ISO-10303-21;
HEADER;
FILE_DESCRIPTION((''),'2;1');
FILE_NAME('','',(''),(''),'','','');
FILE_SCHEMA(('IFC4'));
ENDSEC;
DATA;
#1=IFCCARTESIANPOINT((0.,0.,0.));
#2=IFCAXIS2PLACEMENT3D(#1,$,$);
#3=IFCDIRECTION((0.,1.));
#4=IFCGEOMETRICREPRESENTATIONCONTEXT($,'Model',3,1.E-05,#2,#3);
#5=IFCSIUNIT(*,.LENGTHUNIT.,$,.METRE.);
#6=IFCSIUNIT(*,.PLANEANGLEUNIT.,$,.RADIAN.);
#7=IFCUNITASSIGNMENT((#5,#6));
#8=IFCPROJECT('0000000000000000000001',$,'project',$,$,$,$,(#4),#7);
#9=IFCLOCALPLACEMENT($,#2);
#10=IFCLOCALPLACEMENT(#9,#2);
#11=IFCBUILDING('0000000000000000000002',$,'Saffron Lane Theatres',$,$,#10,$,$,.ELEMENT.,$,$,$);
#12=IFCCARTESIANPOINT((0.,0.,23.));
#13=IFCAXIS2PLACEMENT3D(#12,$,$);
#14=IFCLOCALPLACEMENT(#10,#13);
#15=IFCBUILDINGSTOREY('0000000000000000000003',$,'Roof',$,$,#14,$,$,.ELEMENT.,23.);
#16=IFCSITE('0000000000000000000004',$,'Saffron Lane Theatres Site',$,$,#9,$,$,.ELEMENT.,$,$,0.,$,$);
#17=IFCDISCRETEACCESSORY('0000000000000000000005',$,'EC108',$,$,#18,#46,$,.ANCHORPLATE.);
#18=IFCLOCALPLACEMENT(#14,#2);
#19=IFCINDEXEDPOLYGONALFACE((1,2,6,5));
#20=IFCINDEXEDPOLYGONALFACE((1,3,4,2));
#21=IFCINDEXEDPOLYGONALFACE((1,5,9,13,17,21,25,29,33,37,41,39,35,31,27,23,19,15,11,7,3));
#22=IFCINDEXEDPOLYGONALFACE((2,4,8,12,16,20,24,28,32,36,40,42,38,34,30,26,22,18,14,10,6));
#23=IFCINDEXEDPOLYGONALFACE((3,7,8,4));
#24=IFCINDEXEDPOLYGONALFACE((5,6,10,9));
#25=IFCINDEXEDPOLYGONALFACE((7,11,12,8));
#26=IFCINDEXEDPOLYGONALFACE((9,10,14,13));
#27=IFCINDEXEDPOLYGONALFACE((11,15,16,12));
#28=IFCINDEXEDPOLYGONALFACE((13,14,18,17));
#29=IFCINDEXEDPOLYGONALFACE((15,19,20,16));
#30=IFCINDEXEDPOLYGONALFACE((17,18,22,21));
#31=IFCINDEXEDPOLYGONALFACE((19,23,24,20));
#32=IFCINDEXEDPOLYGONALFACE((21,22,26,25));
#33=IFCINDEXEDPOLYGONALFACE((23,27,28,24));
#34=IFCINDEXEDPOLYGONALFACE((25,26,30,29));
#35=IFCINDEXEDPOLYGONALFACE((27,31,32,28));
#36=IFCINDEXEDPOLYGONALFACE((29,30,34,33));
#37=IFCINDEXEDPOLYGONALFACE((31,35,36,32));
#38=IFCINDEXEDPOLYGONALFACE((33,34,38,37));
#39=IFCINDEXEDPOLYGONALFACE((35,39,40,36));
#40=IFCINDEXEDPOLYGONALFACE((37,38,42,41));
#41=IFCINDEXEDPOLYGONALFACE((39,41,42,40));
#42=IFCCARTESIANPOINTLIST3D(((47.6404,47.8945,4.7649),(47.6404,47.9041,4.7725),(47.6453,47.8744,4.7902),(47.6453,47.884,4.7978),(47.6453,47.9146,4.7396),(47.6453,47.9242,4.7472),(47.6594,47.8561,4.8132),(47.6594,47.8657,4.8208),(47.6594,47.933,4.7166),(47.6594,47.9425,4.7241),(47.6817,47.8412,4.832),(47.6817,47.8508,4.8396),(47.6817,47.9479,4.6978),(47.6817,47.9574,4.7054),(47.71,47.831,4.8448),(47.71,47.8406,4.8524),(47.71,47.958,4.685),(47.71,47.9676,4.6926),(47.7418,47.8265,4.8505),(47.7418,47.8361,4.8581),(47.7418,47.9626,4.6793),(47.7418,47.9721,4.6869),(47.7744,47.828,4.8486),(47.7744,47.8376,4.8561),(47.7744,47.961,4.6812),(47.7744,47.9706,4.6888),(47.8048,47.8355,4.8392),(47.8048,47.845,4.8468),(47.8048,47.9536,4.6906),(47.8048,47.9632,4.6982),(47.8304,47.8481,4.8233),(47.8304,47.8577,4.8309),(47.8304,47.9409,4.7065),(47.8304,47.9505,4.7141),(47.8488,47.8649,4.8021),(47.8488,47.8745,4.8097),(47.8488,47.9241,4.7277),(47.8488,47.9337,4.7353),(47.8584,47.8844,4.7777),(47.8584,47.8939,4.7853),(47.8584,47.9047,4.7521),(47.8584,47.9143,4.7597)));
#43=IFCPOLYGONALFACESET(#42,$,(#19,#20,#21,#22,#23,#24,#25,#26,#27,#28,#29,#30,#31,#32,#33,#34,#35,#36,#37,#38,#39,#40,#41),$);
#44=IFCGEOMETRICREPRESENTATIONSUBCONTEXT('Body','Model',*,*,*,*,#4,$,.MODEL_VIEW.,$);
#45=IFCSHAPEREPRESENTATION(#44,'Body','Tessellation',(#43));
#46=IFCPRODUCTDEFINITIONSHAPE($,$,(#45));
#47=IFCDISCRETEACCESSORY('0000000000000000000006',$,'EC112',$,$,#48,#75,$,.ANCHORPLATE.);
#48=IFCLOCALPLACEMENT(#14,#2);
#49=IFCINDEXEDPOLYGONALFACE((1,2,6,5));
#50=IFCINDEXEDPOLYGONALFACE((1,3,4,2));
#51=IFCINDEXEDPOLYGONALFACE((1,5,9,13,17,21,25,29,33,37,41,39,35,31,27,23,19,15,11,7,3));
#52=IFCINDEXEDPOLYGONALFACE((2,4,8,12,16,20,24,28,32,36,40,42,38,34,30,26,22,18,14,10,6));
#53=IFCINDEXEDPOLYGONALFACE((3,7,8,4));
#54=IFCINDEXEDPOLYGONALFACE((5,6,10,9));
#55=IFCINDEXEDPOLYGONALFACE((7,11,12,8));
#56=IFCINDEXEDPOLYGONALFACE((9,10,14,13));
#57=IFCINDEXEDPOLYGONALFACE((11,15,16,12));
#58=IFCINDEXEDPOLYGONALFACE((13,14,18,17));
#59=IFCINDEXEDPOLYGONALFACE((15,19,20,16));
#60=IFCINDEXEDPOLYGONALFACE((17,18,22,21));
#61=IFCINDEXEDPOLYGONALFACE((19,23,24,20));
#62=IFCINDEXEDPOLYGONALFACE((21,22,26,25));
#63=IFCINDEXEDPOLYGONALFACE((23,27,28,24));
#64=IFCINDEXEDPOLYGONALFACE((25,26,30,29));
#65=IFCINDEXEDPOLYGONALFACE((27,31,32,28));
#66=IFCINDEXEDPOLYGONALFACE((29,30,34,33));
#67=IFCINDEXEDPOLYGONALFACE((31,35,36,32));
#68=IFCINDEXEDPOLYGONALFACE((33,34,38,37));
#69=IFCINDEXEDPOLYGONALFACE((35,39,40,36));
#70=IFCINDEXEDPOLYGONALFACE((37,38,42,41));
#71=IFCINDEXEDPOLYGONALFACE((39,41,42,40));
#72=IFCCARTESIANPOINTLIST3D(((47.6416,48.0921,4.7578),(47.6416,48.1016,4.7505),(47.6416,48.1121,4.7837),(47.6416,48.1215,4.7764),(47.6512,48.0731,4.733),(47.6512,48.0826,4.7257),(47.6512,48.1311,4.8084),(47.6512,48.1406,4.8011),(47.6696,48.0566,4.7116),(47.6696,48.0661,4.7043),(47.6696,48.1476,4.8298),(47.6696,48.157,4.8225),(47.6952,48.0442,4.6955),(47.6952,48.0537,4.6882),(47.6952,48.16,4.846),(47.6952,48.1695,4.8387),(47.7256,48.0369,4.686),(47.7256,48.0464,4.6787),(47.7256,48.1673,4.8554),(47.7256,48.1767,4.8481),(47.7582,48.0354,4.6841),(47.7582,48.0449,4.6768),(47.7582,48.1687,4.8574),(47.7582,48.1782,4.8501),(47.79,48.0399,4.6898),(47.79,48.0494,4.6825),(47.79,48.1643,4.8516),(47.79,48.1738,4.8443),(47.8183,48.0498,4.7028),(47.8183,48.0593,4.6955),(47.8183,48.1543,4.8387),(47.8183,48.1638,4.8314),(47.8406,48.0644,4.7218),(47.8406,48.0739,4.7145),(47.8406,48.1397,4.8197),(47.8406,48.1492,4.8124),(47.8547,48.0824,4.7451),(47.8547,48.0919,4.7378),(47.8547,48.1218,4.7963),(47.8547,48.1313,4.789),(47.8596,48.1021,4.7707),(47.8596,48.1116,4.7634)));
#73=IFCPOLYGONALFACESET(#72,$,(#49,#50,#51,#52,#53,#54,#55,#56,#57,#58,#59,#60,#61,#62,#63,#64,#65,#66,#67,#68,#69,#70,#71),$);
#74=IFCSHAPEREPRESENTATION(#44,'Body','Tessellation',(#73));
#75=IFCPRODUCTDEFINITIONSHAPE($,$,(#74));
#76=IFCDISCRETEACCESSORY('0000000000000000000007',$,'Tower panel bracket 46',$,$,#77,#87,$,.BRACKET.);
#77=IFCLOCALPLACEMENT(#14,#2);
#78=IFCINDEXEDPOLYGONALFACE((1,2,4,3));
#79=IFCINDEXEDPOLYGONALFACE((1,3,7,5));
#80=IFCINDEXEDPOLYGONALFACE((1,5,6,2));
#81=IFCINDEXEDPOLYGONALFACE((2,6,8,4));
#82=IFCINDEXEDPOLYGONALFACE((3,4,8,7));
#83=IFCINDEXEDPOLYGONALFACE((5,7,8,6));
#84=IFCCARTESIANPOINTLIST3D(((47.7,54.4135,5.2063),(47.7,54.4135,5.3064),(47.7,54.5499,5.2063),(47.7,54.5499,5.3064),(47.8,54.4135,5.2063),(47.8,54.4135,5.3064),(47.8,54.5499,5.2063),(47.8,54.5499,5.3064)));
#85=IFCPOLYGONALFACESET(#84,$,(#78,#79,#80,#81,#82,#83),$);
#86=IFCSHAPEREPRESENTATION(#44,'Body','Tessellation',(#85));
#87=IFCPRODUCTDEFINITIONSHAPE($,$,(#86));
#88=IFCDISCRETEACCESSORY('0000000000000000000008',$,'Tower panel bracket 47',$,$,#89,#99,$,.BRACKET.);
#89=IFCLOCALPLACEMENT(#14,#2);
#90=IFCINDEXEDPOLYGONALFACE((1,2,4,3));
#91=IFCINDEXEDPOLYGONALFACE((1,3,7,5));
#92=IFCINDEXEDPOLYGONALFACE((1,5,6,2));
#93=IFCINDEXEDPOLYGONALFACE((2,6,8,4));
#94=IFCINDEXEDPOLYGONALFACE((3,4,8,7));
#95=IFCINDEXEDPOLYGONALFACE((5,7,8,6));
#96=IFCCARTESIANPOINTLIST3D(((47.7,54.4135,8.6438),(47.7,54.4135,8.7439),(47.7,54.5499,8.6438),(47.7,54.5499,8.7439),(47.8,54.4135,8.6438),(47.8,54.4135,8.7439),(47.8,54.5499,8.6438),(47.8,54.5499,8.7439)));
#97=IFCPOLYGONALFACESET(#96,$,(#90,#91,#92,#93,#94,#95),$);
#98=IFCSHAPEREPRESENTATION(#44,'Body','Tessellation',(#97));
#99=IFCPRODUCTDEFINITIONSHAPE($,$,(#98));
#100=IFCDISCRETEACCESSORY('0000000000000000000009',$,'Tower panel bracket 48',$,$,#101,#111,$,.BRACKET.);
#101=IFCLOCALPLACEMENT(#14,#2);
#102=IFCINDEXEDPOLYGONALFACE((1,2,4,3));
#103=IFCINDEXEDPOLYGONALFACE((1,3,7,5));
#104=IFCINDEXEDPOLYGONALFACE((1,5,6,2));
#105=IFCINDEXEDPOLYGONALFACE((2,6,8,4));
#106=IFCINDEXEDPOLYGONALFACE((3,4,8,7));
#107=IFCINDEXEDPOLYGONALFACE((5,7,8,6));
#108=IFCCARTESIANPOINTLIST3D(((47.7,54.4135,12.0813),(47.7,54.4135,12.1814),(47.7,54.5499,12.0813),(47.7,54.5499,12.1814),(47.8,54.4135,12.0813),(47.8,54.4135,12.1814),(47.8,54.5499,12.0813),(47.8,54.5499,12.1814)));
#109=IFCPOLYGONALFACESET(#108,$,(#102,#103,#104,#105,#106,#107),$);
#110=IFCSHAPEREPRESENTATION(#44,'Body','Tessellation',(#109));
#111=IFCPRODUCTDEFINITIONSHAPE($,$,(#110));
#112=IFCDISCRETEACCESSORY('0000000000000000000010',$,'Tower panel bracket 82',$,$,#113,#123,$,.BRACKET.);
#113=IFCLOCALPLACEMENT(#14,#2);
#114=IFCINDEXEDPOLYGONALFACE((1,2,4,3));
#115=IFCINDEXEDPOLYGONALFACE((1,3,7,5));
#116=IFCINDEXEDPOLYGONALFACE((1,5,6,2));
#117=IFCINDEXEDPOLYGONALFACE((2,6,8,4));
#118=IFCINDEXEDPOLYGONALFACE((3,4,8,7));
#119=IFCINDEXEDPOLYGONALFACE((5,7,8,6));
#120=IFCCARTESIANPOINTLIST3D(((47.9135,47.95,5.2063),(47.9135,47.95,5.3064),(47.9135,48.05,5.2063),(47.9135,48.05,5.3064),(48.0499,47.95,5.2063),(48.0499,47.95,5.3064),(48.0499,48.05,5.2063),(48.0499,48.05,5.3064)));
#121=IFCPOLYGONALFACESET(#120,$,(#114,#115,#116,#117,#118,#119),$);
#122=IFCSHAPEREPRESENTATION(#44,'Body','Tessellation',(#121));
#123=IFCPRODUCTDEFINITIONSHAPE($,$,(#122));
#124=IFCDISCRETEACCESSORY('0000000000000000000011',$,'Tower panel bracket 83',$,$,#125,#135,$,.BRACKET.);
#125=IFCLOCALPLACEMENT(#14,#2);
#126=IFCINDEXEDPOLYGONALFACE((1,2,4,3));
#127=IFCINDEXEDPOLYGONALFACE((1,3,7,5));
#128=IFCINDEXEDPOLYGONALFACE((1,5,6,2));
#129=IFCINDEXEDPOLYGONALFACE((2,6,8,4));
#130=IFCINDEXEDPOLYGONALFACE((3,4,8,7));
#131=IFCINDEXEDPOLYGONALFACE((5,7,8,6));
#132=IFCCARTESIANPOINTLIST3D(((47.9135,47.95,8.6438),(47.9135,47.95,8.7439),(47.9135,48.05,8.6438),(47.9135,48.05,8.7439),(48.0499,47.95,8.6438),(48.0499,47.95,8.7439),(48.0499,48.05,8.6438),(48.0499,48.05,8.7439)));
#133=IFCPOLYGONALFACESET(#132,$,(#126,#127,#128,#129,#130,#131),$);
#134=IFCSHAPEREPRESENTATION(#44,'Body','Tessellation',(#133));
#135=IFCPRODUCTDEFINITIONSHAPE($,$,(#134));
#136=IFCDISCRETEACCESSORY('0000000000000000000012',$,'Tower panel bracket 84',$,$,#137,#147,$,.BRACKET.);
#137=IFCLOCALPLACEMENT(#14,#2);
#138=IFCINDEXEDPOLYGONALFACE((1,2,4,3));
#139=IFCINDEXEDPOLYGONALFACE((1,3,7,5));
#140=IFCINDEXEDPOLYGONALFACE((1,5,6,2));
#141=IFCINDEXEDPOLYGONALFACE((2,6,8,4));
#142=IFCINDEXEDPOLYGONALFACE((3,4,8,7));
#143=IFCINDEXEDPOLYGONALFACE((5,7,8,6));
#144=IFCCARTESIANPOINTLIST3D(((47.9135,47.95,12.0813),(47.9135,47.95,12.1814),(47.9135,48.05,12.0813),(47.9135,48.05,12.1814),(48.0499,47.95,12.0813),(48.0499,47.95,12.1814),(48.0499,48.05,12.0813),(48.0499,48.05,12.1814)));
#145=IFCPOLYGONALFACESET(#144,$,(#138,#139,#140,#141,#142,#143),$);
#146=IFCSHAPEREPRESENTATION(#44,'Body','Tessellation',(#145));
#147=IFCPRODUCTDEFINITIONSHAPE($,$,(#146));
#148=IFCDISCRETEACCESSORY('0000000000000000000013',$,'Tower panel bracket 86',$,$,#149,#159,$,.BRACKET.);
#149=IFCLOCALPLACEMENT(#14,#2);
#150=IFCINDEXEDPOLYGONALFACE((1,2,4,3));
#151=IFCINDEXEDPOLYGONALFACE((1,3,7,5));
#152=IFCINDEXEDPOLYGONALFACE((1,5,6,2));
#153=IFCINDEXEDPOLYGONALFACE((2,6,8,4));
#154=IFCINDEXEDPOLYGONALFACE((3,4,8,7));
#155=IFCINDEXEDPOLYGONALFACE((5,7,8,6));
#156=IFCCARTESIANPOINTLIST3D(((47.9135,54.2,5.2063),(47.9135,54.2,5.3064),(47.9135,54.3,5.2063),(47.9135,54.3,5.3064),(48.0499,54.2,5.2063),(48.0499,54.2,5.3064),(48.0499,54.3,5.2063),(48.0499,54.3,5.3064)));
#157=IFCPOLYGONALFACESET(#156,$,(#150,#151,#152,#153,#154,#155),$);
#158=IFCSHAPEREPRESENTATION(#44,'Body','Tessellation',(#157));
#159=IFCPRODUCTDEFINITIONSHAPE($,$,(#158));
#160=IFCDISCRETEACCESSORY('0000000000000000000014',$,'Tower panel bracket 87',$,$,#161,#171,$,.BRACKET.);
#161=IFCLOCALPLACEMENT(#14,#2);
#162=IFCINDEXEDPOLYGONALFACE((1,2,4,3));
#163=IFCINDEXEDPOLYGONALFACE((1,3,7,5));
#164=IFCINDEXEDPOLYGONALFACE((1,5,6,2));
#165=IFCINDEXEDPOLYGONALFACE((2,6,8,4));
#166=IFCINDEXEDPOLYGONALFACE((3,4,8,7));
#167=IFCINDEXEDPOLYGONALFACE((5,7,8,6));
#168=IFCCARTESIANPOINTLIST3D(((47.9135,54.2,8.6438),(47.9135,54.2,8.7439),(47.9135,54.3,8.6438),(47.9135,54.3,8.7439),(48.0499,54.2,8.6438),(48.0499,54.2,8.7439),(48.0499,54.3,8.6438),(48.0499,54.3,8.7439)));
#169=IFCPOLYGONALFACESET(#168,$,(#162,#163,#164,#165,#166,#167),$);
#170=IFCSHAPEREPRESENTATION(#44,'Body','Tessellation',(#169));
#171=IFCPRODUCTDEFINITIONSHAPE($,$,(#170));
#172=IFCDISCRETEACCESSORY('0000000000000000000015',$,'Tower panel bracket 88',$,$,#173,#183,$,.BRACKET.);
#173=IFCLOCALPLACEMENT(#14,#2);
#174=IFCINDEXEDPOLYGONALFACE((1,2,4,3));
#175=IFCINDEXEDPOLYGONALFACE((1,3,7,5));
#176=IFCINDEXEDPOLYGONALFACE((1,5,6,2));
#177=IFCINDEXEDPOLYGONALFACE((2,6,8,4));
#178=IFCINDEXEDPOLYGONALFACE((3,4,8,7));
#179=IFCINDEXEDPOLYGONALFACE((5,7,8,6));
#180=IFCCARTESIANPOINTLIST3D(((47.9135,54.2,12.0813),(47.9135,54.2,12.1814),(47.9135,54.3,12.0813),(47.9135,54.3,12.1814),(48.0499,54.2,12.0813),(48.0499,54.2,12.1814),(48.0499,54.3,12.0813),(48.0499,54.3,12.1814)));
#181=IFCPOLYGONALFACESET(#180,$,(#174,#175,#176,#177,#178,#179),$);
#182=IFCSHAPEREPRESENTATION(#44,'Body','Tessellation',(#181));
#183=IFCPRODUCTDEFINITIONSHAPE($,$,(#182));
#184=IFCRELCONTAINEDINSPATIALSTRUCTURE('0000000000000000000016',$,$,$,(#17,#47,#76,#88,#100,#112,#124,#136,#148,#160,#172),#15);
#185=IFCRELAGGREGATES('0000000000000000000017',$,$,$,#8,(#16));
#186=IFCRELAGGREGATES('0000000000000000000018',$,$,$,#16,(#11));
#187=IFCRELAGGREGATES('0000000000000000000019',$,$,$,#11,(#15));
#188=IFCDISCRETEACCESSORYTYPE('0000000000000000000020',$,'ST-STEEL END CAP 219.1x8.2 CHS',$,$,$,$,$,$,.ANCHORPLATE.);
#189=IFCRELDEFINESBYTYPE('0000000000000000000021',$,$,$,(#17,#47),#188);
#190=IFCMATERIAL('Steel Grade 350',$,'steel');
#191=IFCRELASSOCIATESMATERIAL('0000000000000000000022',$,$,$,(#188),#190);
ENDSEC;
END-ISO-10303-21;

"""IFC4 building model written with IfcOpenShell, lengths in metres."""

from ifc_helpers import new_model, si_unit, direction, frame, origin, origin_2d, place, context, subcontext, project, spatial, rectangle, circle, extrude, material, material_profile, profile_set, type_object, element, save


model = new_model("IFC4")

# Units and contexts
model_context = context("Model", 3, precision=1e-05, world=origin(), true_north=direction((0.0, 1.0)))
body_context = subcontext(model_context, "Body", "Model", "MODEL_VIEW")
ifc_project = project(units=[si_unit("LENGTHUNIT", "METRE"), si_unit("PLANEANGLEUNIT", "RADIAN")], contexts=[model_context])

# Site, building, storey
site_placement = place(None, origin())
site = spatial("IfcSite", under=ifc_project, at=site_placement, Name="Saffron Lane Theatres Site", CompositionType="ELEMENT", RefElevation=0.0)
building_placement = place(site_placement, origin())
building = spatial("IfcBuilding", under=site, at=building_placement, Name="Saffron Lane Theatres", CompositionType="ELEMENT")
storey_placement = place(building_placement, frame((0.0, 0.0, 23.0)))
storey = spatial("IfcBuildingStorey", under=building, at=storey_placement, Name="Roof", CompositionType="ELEMENT", Elevation=23.0)

# Discrete accessories
ifc_material_1 = material(Name="Steel Grade 350", Category="steel")
ifc_material_profile_1 = material_profile(ifc_material_1, circle(Radius=0.1096, at=origin_2d()))
ifc_profile_set_1 = profile_set([ifc_material_profile_1], Name="Steel Grade 350")
discrete_accessory_type_1 = type_object("IfcDiscreteAccessoryType", Name="ST-STEEL END CAP 219.1x8.2 CHS", PredefinedType="ANCHORPLATE", material=ifc_profile_set_1)
discrete_accessory_1_placement = place(storey_placement, frame((47.75, 47.8945, 4.7649), z_axis=(0.0, 0.782823, 0.622244), x_axis=(-1.0, 0.0, 0.0)))
element("IfcDiscreteAccessory", 1, at=discrete_accessory_1_placement, inside=storey, type_object=discrete_accessory_type_1, Name="EC108", PredefinedType="ANCHORPLATE", context=body_context, shape_type="SweptSolid", body=[
    extrude(circle(Radius=0.1096, at=origin_2d()), origin(), (0.0, 0.0, 1.0), 0.0122),
])
discrete_accessory_2_placement = place(storey_placement, frame((47.75, 48.1116, 4.7634), z_axis=(0.0, -0.792624, 0.609711), x_axis=(1.0, 0.0, 0.0)))
element("IfcDiscreteAccessory", 2, at=discrete_accessory_2_placement, inside=storey, type_object=discrete_accessory_type_1, Name="EC112", PredefinedType="ANCHORPLATE", context=body_context, shape_type="SweptSolid", body=[
    extrude(circle(Radius=0.1096, at=origin_2d()), origin(), (0.0, 0.0, 1.0), 0.012),
])
for number, where, z_axis, x_axis, name in (
    (3, (47.75, 54.4817, 5.2063), (0.0, 0.0, 1.0), (1.0, 0.0, 0.0), "Tower panel bracket 46"),
    (4, (47.75, 54.4817, 8.6438), (0.0, 0.0, 1.0), (1.0, 0.0, 0.0), "Tower panel bracket 47"),
    (5, (47.75, 54.4817, 12.0813), (0.0, 0.0, 1.0), (1.0, 0.0, 0.0), "Tower panel bracket 48"),
    (6, (47.9817, 48.0, 5.2063), (0.0, 0.0, 1.0), (0.0, 1.0, 0.0), "Tower panel bracket 82"),
    (7, (47.9817, 48.0, 8.6438), (0.0, 0.0, 1.0), (0.0, 1.0, 0.0), "Tower panel bracket 83"),
    (8, (47.9817, 48.0, 12.0813), (0.0, 0.0, 1.0), (0.0, 1.0, 0.0), "Tower panel bracket 84"),
    (9, (47.9817, 54.25, 5.2063), (0.0, 0.0, 1.0), (0.0, 1.0, 0.0), "Tower panel bracket 86"),
    (10, (47.9817, 54.25, 8.6438), (0.0, 0.0, 1.0), (0.0, 1.0, 0.0), "Tower panel bracket 87"),
    (11, (47.9817, 54.25, 12.0813), (0.0, 0.0, 1.0), (0.0, 1.0, 0.0), "Tower panel bracket 88"),
):
    element("IfcDiscreteAccessory", number, at=place(storey_placement, frame(where, z_axis=z_axis, x_axis=x_axis)), inside=storey, Name=name, PredefinedType="BRACKET", context=body_context, shape_type="SweptSolid", body=[
        extrude(rectangle(XDim=0.1001, YDim=0.1365, at=origin_2d()), origin(), (0.0, 0.0, 1.0), 0.1001),
    ])

save(model, "model.ifc")
